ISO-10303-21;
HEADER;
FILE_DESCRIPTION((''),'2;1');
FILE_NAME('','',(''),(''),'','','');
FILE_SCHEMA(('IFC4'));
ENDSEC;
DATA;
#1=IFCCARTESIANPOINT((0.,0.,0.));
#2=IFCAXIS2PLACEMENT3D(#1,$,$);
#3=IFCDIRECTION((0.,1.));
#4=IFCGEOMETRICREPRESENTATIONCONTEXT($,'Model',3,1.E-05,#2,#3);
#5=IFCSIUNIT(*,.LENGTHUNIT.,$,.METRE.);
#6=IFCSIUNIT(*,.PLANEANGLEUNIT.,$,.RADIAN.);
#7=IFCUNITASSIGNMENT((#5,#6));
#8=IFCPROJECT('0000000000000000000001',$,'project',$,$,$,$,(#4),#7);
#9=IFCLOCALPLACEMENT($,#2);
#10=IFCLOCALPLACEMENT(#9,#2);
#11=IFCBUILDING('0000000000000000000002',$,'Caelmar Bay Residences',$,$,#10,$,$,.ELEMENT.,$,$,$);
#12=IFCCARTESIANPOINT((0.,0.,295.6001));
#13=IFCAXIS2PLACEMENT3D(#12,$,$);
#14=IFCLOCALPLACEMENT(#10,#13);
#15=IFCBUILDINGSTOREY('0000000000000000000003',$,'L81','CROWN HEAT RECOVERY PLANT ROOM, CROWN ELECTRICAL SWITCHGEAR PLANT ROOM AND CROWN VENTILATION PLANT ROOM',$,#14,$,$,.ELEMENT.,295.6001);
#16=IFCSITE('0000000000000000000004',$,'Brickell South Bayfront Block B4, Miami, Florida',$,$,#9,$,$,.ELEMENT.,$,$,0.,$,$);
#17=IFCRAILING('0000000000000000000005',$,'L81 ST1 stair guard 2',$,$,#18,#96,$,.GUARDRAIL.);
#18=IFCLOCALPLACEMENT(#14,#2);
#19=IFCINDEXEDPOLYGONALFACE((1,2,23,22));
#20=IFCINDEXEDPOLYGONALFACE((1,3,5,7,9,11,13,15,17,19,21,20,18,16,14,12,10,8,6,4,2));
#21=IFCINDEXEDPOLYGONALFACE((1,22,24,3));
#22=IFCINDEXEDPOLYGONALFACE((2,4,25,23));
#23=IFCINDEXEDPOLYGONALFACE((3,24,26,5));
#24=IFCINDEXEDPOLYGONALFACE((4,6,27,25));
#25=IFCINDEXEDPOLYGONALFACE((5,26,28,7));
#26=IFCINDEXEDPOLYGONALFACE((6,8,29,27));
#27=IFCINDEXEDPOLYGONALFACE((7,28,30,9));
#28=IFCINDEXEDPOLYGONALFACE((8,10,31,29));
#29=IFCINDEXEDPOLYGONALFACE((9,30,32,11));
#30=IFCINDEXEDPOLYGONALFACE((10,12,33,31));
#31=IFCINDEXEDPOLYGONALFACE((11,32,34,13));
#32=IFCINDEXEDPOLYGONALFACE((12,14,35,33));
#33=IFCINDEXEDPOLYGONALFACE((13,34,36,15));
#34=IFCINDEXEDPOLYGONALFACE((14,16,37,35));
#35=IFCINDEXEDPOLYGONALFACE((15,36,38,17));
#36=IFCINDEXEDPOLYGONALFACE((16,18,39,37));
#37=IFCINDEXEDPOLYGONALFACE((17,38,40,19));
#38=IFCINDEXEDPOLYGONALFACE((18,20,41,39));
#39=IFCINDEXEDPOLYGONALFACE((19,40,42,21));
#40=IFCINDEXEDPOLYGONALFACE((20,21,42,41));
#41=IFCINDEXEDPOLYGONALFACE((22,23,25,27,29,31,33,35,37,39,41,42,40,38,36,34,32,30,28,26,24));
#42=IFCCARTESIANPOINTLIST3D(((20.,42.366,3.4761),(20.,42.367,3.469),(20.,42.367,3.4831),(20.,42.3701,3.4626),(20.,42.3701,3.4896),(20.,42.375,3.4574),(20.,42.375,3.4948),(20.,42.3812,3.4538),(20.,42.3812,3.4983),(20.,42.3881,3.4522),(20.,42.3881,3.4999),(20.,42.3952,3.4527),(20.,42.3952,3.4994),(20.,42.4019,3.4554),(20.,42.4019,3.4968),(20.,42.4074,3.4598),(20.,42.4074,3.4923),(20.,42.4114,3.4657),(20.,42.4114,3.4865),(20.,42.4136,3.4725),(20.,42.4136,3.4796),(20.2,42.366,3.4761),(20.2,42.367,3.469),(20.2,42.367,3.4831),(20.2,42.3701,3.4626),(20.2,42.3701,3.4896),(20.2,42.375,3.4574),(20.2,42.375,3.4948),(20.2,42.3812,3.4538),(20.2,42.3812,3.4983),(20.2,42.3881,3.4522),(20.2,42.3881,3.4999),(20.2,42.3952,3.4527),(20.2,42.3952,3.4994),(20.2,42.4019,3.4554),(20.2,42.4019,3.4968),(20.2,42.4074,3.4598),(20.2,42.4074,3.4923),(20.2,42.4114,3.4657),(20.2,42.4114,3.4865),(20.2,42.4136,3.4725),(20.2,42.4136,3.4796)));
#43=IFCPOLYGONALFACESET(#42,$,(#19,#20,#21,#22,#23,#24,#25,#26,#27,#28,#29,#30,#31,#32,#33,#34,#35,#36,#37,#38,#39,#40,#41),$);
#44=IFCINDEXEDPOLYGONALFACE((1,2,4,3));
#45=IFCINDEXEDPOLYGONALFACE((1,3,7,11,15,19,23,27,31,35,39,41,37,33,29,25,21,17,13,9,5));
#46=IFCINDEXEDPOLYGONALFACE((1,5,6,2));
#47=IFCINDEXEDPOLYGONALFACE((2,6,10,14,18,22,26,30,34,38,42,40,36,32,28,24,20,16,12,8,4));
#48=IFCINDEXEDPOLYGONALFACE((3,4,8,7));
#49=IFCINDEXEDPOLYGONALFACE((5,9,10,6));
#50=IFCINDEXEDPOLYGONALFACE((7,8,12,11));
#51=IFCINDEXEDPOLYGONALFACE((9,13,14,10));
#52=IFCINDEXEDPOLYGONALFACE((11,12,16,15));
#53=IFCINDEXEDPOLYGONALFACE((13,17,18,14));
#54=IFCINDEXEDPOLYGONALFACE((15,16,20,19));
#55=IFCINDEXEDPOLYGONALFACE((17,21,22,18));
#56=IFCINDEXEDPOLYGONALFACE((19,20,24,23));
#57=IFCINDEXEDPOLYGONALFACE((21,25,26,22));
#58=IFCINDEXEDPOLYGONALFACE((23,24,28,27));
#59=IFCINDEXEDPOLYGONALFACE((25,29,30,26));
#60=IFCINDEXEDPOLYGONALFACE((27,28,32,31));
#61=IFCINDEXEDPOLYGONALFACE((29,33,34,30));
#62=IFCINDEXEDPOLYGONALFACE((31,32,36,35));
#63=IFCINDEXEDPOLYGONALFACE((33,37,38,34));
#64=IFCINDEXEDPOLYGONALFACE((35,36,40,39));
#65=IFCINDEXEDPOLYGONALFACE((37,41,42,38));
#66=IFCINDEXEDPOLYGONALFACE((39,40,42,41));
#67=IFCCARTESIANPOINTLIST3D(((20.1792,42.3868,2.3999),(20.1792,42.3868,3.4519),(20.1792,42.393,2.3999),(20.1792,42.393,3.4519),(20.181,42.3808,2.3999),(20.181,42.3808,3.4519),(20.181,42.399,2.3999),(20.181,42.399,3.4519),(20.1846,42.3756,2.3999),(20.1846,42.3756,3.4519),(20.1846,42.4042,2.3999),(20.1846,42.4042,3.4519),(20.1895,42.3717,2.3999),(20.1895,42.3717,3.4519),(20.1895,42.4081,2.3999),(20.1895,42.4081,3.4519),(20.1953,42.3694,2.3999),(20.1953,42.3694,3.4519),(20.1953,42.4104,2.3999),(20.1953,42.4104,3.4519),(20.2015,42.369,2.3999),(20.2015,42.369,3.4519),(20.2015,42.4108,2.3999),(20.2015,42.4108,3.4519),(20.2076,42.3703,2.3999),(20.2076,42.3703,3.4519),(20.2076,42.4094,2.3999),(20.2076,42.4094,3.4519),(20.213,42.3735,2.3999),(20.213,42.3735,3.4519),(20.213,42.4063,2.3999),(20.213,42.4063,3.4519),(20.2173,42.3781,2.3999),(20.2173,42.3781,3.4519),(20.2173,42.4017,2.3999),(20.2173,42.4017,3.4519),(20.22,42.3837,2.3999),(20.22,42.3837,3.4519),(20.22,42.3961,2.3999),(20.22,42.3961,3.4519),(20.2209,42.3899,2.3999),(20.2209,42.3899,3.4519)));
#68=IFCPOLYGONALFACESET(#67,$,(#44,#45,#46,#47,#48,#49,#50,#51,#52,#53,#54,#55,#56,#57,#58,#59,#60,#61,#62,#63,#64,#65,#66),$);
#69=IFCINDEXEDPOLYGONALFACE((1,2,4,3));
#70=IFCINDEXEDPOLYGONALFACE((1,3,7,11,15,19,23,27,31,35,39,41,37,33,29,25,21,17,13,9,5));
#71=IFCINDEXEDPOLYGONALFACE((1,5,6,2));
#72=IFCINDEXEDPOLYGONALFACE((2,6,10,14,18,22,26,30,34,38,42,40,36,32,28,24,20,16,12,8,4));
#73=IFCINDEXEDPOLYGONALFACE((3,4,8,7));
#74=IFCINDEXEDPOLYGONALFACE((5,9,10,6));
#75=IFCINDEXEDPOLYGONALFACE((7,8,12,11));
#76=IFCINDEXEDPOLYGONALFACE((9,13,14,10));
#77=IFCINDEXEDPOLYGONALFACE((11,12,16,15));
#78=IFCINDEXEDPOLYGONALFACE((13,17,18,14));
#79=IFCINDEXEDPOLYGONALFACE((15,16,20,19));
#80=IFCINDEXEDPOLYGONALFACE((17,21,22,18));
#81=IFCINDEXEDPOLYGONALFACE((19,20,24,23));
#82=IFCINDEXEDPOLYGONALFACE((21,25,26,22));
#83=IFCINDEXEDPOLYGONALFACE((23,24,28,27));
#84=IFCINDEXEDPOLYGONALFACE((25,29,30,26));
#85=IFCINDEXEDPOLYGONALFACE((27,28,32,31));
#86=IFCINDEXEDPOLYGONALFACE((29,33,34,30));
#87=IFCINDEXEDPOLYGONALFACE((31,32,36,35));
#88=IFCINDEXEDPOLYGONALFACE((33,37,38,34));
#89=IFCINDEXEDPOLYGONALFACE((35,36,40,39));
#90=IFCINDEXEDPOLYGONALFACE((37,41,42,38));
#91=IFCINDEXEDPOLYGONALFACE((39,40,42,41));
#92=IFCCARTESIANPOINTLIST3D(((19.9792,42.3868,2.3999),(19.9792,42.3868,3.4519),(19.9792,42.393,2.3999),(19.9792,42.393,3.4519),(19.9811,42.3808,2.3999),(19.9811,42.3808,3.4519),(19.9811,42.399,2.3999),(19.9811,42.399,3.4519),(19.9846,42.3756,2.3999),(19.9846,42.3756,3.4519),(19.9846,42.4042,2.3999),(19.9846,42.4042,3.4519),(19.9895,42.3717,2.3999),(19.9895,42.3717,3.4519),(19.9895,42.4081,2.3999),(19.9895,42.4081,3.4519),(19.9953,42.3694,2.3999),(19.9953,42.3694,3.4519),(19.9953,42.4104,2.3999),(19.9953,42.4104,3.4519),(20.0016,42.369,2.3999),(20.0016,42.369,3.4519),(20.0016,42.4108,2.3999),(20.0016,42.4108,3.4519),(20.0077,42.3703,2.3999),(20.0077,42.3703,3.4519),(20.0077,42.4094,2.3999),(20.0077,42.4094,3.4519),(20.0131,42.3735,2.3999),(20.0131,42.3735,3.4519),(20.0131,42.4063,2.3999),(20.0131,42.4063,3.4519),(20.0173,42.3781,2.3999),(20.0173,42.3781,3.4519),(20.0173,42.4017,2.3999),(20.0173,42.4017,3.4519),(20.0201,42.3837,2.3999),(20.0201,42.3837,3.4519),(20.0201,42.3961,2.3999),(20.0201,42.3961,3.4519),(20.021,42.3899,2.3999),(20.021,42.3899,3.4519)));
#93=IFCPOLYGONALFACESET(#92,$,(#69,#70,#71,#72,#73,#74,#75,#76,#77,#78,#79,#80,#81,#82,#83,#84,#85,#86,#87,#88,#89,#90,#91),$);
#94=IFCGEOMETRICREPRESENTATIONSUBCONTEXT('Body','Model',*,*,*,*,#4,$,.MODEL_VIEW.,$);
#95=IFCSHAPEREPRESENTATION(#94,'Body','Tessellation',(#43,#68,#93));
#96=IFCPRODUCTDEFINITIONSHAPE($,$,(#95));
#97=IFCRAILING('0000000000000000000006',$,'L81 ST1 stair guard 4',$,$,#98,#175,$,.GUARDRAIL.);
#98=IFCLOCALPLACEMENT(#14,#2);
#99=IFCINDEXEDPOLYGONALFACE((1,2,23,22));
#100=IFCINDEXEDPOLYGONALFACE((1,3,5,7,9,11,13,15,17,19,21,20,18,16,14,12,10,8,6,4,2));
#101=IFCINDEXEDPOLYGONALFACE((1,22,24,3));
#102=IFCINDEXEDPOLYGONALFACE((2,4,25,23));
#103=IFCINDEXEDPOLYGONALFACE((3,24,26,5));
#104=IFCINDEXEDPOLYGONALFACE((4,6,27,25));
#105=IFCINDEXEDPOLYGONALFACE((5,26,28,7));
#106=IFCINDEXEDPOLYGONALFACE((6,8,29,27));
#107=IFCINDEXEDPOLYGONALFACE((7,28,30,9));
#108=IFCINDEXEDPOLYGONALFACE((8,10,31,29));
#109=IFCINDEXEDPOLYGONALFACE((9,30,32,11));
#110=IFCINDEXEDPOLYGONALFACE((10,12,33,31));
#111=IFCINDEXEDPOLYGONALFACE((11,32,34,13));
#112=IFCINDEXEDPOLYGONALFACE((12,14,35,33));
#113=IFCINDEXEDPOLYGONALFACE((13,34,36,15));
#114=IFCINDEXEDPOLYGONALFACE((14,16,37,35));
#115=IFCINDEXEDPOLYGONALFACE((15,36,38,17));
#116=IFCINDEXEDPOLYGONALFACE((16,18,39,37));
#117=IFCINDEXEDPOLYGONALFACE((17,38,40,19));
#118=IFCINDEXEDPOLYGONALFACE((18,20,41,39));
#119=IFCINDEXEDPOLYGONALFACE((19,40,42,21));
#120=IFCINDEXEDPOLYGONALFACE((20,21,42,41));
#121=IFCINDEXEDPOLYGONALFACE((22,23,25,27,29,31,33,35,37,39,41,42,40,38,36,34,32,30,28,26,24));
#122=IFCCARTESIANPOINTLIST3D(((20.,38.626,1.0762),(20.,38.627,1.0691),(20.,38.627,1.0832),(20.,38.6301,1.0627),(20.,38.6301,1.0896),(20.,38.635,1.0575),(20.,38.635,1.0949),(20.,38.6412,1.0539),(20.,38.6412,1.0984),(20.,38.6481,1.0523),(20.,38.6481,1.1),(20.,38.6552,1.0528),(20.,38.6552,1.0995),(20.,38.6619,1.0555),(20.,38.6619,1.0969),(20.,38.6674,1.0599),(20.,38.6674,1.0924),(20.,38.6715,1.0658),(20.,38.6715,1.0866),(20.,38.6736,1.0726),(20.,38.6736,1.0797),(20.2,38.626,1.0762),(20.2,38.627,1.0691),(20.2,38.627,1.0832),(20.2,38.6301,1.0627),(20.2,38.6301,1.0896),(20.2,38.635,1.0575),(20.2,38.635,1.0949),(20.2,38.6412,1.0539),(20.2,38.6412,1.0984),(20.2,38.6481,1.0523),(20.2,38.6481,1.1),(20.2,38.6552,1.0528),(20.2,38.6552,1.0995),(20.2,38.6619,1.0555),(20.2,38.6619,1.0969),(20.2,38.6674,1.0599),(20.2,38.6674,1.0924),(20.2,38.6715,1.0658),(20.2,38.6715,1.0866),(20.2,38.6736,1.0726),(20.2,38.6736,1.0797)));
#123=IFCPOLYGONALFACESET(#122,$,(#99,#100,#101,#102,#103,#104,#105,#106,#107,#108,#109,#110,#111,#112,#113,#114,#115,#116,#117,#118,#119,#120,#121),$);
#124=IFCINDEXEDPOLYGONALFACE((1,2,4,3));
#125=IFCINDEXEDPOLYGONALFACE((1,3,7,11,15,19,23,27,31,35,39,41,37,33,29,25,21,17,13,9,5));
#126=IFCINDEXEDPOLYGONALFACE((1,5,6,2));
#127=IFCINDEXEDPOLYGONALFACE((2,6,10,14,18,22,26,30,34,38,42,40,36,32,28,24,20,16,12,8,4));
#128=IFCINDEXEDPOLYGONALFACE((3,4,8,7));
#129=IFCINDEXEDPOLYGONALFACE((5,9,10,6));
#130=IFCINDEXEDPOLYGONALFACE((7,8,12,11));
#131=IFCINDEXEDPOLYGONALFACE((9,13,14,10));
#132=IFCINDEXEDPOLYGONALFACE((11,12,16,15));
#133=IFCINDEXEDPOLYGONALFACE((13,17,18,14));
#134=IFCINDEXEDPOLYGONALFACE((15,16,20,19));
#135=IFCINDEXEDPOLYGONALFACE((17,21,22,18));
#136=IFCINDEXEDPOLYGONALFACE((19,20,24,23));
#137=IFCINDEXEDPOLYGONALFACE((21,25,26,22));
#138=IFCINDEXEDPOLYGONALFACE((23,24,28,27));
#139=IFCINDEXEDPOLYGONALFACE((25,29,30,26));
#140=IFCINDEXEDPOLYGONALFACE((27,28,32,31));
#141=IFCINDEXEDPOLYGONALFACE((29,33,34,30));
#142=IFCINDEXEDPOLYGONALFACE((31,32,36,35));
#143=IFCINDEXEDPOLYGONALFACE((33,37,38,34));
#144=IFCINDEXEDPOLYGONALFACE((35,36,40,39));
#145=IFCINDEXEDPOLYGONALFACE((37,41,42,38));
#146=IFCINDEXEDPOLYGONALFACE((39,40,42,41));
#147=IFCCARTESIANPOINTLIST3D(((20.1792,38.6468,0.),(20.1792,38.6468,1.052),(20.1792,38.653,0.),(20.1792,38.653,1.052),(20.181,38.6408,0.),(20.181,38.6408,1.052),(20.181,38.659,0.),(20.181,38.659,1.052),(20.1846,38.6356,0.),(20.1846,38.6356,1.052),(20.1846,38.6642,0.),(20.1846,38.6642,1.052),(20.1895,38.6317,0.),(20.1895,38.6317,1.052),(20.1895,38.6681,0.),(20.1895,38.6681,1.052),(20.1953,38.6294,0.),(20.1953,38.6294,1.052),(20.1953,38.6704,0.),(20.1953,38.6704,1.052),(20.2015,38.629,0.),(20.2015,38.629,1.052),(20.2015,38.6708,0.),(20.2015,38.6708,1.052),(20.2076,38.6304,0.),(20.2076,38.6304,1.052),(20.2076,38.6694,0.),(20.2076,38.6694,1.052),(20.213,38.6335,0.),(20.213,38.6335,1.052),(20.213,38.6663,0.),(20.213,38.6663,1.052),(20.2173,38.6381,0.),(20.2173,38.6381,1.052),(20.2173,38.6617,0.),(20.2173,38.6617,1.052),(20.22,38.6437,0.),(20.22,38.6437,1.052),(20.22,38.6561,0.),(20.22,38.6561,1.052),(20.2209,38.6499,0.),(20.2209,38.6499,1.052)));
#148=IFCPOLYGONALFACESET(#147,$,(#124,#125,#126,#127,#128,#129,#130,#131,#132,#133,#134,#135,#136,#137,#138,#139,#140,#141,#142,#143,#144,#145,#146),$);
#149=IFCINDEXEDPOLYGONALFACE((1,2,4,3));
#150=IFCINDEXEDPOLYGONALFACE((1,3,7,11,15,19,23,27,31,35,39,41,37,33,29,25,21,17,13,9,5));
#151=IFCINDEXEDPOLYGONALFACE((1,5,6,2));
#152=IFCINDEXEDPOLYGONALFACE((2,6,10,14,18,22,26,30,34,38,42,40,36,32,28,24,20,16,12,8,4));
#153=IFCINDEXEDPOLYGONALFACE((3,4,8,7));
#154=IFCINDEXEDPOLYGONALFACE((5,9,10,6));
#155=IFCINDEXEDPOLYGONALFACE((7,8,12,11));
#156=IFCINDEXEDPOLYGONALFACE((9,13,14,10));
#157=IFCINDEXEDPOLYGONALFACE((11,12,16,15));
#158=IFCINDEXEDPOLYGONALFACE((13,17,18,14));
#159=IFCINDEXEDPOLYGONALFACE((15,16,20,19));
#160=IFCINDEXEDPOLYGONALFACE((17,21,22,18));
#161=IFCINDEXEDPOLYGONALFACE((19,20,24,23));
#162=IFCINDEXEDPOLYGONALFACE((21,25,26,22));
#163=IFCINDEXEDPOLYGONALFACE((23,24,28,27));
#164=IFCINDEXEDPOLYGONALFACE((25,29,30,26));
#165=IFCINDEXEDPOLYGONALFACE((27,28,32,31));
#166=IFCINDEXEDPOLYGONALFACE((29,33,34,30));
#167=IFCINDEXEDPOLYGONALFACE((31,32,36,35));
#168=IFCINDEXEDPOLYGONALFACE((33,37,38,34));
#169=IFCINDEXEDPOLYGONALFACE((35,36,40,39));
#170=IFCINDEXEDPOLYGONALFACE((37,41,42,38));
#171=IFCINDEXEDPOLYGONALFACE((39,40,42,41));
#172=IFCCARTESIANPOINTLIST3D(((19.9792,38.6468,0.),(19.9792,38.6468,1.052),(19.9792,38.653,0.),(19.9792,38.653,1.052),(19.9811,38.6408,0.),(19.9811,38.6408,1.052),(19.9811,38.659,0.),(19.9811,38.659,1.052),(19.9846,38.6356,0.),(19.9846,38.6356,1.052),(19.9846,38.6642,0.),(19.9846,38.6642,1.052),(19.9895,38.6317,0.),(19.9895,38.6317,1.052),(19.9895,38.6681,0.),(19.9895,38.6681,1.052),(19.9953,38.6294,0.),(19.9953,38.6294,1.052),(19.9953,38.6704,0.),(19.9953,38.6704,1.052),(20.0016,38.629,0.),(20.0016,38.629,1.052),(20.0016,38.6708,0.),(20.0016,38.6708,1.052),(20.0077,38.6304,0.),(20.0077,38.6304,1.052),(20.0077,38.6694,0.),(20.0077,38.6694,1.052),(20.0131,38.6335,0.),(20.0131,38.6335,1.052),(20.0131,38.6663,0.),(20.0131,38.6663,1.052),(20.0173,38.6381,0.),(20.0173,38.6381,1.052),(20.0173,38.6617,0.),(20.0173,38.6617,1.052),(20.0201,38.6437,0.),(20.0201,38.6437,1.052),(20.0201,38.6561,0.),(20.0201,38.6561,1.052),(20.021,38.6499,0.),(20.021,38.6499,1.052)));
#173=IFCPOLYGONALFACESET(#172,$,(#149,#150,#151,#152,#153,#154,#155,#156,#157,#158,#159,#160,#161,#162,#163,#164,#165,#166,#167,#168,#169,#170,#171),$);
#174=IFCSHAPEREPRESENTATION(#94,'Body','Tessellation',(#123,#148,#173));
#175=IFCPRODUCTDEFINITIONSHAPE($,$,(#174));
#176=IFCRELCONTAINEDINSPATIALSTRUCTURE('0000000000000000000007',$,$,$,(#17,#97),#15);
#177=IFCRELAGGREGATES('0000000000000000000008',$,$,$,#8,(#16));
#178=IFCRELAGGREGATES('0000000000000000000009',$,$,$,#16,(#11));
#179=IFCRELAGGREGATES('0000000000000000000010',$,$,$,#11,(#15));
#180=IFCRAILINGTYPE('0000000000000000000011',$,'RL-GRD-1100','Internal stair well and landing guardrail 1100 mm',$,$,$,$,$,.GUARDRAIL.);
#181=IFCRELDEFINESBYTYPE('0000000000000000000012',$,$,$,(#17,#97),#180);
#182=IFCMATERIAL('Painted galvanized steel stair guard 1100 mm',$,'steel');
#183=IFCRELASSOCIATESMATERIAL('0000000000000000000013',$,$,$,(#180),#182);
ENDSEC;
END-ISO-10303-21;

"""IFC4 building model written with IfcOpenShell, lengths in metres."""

from ifc_helpers import new_model, si_unit, direction, frame, origin, origin_2d, place, context, subcontext, project, spatial, circle, extrude, material, type_object, element, save


model = new_model("IFC4")

# Units and contexts
model_context = context("Model", 3, precision=1e-05, world=origin(), true_north=direction((0.0, 1.0)))
body_context = subcontext(model_context, "Body", "Model", "MODEL_VIEW")
ifc_project = project(units=[si_unit("LENGTHUNIT", "METRE"), si_unit("PLANEANGLEUNIT", "RADIAN")], contexts=[model_context])

# Site, building, storey
site_placement = place(None, origin())
site = spatial("IfcSite", under=ifc_project, at=site_placement, Name="Brickell South Bayfront Block B4, Miami, Florida", CompositionType="ELEMENT", RefElevation=0.0)
building_placement = place(site_placement, origin())
building = spatial("IfcBuilding", under=site, at=building_placement, Name="Caelmar Bay Residences", CompositionType="ELEMENT")
storey_placement = place(building_placement, frame((0.0, 0.0, 295.6001)))
storey = spatial("IfcBuildingStorey", under=building, at=storey_placement, Name="L81", Description="CROWN HEAT RECOVERY PLANT ROOM, CROWN ELECTRICAL SWITCHGEAR PLANT ROOM AND CROWN VENTILATION PLANT ROOM", CompositionType="ELEMENT", Elevation=295.6001)

# Railings
ifc_material_1 = material(Name="Painted galvanized steel stair guard 1100 mm", Category="steel")
railing_type_1 = type_object("IfcRailingType", Name="RL-GRD-1100", Description="Internal stair well and landing guardrail 1100 mm", PredefinedType="GUARDRAIL", material=ifc_material_1)
for number, where, name in (
    (1, (20.2, 42.3899, 2.3999), "L81 ST1 stair guard 2"),
    (2, (20.2, 38.6499, 0.0), "L81 ST1 stair guard 4"),
):
    element("IfcRailing", number, at=place(storey_placement, frame(where)), inside=storey, type_object=railing_type_1, Name=name, PredefinedType="GUARDRAIL", context=body_context, shape_type="SweptSolid", body=[
        extrude(circle(Radius=0.0239, at=origin_2d()), frame((0.0, 0.0, 1.0762), z_axis=(-1.0, 0.0, 0.0), x_axis=(0.0, -1.0, 0.0)), (0.0, 0.0, 1.0), 0.2),
        extrude(circle(Radius=0.021, at=origin_2d()), origin(), (0.0, 0.0, 1.0), 1.052),
        extrude(circle(Radius=0.021, at=origin_2d()), frame((-0.2, 0.0, 0.0)), (0.0, 0.0, 1.0), 1.052),
    ])

save(model, "model.ifc")
